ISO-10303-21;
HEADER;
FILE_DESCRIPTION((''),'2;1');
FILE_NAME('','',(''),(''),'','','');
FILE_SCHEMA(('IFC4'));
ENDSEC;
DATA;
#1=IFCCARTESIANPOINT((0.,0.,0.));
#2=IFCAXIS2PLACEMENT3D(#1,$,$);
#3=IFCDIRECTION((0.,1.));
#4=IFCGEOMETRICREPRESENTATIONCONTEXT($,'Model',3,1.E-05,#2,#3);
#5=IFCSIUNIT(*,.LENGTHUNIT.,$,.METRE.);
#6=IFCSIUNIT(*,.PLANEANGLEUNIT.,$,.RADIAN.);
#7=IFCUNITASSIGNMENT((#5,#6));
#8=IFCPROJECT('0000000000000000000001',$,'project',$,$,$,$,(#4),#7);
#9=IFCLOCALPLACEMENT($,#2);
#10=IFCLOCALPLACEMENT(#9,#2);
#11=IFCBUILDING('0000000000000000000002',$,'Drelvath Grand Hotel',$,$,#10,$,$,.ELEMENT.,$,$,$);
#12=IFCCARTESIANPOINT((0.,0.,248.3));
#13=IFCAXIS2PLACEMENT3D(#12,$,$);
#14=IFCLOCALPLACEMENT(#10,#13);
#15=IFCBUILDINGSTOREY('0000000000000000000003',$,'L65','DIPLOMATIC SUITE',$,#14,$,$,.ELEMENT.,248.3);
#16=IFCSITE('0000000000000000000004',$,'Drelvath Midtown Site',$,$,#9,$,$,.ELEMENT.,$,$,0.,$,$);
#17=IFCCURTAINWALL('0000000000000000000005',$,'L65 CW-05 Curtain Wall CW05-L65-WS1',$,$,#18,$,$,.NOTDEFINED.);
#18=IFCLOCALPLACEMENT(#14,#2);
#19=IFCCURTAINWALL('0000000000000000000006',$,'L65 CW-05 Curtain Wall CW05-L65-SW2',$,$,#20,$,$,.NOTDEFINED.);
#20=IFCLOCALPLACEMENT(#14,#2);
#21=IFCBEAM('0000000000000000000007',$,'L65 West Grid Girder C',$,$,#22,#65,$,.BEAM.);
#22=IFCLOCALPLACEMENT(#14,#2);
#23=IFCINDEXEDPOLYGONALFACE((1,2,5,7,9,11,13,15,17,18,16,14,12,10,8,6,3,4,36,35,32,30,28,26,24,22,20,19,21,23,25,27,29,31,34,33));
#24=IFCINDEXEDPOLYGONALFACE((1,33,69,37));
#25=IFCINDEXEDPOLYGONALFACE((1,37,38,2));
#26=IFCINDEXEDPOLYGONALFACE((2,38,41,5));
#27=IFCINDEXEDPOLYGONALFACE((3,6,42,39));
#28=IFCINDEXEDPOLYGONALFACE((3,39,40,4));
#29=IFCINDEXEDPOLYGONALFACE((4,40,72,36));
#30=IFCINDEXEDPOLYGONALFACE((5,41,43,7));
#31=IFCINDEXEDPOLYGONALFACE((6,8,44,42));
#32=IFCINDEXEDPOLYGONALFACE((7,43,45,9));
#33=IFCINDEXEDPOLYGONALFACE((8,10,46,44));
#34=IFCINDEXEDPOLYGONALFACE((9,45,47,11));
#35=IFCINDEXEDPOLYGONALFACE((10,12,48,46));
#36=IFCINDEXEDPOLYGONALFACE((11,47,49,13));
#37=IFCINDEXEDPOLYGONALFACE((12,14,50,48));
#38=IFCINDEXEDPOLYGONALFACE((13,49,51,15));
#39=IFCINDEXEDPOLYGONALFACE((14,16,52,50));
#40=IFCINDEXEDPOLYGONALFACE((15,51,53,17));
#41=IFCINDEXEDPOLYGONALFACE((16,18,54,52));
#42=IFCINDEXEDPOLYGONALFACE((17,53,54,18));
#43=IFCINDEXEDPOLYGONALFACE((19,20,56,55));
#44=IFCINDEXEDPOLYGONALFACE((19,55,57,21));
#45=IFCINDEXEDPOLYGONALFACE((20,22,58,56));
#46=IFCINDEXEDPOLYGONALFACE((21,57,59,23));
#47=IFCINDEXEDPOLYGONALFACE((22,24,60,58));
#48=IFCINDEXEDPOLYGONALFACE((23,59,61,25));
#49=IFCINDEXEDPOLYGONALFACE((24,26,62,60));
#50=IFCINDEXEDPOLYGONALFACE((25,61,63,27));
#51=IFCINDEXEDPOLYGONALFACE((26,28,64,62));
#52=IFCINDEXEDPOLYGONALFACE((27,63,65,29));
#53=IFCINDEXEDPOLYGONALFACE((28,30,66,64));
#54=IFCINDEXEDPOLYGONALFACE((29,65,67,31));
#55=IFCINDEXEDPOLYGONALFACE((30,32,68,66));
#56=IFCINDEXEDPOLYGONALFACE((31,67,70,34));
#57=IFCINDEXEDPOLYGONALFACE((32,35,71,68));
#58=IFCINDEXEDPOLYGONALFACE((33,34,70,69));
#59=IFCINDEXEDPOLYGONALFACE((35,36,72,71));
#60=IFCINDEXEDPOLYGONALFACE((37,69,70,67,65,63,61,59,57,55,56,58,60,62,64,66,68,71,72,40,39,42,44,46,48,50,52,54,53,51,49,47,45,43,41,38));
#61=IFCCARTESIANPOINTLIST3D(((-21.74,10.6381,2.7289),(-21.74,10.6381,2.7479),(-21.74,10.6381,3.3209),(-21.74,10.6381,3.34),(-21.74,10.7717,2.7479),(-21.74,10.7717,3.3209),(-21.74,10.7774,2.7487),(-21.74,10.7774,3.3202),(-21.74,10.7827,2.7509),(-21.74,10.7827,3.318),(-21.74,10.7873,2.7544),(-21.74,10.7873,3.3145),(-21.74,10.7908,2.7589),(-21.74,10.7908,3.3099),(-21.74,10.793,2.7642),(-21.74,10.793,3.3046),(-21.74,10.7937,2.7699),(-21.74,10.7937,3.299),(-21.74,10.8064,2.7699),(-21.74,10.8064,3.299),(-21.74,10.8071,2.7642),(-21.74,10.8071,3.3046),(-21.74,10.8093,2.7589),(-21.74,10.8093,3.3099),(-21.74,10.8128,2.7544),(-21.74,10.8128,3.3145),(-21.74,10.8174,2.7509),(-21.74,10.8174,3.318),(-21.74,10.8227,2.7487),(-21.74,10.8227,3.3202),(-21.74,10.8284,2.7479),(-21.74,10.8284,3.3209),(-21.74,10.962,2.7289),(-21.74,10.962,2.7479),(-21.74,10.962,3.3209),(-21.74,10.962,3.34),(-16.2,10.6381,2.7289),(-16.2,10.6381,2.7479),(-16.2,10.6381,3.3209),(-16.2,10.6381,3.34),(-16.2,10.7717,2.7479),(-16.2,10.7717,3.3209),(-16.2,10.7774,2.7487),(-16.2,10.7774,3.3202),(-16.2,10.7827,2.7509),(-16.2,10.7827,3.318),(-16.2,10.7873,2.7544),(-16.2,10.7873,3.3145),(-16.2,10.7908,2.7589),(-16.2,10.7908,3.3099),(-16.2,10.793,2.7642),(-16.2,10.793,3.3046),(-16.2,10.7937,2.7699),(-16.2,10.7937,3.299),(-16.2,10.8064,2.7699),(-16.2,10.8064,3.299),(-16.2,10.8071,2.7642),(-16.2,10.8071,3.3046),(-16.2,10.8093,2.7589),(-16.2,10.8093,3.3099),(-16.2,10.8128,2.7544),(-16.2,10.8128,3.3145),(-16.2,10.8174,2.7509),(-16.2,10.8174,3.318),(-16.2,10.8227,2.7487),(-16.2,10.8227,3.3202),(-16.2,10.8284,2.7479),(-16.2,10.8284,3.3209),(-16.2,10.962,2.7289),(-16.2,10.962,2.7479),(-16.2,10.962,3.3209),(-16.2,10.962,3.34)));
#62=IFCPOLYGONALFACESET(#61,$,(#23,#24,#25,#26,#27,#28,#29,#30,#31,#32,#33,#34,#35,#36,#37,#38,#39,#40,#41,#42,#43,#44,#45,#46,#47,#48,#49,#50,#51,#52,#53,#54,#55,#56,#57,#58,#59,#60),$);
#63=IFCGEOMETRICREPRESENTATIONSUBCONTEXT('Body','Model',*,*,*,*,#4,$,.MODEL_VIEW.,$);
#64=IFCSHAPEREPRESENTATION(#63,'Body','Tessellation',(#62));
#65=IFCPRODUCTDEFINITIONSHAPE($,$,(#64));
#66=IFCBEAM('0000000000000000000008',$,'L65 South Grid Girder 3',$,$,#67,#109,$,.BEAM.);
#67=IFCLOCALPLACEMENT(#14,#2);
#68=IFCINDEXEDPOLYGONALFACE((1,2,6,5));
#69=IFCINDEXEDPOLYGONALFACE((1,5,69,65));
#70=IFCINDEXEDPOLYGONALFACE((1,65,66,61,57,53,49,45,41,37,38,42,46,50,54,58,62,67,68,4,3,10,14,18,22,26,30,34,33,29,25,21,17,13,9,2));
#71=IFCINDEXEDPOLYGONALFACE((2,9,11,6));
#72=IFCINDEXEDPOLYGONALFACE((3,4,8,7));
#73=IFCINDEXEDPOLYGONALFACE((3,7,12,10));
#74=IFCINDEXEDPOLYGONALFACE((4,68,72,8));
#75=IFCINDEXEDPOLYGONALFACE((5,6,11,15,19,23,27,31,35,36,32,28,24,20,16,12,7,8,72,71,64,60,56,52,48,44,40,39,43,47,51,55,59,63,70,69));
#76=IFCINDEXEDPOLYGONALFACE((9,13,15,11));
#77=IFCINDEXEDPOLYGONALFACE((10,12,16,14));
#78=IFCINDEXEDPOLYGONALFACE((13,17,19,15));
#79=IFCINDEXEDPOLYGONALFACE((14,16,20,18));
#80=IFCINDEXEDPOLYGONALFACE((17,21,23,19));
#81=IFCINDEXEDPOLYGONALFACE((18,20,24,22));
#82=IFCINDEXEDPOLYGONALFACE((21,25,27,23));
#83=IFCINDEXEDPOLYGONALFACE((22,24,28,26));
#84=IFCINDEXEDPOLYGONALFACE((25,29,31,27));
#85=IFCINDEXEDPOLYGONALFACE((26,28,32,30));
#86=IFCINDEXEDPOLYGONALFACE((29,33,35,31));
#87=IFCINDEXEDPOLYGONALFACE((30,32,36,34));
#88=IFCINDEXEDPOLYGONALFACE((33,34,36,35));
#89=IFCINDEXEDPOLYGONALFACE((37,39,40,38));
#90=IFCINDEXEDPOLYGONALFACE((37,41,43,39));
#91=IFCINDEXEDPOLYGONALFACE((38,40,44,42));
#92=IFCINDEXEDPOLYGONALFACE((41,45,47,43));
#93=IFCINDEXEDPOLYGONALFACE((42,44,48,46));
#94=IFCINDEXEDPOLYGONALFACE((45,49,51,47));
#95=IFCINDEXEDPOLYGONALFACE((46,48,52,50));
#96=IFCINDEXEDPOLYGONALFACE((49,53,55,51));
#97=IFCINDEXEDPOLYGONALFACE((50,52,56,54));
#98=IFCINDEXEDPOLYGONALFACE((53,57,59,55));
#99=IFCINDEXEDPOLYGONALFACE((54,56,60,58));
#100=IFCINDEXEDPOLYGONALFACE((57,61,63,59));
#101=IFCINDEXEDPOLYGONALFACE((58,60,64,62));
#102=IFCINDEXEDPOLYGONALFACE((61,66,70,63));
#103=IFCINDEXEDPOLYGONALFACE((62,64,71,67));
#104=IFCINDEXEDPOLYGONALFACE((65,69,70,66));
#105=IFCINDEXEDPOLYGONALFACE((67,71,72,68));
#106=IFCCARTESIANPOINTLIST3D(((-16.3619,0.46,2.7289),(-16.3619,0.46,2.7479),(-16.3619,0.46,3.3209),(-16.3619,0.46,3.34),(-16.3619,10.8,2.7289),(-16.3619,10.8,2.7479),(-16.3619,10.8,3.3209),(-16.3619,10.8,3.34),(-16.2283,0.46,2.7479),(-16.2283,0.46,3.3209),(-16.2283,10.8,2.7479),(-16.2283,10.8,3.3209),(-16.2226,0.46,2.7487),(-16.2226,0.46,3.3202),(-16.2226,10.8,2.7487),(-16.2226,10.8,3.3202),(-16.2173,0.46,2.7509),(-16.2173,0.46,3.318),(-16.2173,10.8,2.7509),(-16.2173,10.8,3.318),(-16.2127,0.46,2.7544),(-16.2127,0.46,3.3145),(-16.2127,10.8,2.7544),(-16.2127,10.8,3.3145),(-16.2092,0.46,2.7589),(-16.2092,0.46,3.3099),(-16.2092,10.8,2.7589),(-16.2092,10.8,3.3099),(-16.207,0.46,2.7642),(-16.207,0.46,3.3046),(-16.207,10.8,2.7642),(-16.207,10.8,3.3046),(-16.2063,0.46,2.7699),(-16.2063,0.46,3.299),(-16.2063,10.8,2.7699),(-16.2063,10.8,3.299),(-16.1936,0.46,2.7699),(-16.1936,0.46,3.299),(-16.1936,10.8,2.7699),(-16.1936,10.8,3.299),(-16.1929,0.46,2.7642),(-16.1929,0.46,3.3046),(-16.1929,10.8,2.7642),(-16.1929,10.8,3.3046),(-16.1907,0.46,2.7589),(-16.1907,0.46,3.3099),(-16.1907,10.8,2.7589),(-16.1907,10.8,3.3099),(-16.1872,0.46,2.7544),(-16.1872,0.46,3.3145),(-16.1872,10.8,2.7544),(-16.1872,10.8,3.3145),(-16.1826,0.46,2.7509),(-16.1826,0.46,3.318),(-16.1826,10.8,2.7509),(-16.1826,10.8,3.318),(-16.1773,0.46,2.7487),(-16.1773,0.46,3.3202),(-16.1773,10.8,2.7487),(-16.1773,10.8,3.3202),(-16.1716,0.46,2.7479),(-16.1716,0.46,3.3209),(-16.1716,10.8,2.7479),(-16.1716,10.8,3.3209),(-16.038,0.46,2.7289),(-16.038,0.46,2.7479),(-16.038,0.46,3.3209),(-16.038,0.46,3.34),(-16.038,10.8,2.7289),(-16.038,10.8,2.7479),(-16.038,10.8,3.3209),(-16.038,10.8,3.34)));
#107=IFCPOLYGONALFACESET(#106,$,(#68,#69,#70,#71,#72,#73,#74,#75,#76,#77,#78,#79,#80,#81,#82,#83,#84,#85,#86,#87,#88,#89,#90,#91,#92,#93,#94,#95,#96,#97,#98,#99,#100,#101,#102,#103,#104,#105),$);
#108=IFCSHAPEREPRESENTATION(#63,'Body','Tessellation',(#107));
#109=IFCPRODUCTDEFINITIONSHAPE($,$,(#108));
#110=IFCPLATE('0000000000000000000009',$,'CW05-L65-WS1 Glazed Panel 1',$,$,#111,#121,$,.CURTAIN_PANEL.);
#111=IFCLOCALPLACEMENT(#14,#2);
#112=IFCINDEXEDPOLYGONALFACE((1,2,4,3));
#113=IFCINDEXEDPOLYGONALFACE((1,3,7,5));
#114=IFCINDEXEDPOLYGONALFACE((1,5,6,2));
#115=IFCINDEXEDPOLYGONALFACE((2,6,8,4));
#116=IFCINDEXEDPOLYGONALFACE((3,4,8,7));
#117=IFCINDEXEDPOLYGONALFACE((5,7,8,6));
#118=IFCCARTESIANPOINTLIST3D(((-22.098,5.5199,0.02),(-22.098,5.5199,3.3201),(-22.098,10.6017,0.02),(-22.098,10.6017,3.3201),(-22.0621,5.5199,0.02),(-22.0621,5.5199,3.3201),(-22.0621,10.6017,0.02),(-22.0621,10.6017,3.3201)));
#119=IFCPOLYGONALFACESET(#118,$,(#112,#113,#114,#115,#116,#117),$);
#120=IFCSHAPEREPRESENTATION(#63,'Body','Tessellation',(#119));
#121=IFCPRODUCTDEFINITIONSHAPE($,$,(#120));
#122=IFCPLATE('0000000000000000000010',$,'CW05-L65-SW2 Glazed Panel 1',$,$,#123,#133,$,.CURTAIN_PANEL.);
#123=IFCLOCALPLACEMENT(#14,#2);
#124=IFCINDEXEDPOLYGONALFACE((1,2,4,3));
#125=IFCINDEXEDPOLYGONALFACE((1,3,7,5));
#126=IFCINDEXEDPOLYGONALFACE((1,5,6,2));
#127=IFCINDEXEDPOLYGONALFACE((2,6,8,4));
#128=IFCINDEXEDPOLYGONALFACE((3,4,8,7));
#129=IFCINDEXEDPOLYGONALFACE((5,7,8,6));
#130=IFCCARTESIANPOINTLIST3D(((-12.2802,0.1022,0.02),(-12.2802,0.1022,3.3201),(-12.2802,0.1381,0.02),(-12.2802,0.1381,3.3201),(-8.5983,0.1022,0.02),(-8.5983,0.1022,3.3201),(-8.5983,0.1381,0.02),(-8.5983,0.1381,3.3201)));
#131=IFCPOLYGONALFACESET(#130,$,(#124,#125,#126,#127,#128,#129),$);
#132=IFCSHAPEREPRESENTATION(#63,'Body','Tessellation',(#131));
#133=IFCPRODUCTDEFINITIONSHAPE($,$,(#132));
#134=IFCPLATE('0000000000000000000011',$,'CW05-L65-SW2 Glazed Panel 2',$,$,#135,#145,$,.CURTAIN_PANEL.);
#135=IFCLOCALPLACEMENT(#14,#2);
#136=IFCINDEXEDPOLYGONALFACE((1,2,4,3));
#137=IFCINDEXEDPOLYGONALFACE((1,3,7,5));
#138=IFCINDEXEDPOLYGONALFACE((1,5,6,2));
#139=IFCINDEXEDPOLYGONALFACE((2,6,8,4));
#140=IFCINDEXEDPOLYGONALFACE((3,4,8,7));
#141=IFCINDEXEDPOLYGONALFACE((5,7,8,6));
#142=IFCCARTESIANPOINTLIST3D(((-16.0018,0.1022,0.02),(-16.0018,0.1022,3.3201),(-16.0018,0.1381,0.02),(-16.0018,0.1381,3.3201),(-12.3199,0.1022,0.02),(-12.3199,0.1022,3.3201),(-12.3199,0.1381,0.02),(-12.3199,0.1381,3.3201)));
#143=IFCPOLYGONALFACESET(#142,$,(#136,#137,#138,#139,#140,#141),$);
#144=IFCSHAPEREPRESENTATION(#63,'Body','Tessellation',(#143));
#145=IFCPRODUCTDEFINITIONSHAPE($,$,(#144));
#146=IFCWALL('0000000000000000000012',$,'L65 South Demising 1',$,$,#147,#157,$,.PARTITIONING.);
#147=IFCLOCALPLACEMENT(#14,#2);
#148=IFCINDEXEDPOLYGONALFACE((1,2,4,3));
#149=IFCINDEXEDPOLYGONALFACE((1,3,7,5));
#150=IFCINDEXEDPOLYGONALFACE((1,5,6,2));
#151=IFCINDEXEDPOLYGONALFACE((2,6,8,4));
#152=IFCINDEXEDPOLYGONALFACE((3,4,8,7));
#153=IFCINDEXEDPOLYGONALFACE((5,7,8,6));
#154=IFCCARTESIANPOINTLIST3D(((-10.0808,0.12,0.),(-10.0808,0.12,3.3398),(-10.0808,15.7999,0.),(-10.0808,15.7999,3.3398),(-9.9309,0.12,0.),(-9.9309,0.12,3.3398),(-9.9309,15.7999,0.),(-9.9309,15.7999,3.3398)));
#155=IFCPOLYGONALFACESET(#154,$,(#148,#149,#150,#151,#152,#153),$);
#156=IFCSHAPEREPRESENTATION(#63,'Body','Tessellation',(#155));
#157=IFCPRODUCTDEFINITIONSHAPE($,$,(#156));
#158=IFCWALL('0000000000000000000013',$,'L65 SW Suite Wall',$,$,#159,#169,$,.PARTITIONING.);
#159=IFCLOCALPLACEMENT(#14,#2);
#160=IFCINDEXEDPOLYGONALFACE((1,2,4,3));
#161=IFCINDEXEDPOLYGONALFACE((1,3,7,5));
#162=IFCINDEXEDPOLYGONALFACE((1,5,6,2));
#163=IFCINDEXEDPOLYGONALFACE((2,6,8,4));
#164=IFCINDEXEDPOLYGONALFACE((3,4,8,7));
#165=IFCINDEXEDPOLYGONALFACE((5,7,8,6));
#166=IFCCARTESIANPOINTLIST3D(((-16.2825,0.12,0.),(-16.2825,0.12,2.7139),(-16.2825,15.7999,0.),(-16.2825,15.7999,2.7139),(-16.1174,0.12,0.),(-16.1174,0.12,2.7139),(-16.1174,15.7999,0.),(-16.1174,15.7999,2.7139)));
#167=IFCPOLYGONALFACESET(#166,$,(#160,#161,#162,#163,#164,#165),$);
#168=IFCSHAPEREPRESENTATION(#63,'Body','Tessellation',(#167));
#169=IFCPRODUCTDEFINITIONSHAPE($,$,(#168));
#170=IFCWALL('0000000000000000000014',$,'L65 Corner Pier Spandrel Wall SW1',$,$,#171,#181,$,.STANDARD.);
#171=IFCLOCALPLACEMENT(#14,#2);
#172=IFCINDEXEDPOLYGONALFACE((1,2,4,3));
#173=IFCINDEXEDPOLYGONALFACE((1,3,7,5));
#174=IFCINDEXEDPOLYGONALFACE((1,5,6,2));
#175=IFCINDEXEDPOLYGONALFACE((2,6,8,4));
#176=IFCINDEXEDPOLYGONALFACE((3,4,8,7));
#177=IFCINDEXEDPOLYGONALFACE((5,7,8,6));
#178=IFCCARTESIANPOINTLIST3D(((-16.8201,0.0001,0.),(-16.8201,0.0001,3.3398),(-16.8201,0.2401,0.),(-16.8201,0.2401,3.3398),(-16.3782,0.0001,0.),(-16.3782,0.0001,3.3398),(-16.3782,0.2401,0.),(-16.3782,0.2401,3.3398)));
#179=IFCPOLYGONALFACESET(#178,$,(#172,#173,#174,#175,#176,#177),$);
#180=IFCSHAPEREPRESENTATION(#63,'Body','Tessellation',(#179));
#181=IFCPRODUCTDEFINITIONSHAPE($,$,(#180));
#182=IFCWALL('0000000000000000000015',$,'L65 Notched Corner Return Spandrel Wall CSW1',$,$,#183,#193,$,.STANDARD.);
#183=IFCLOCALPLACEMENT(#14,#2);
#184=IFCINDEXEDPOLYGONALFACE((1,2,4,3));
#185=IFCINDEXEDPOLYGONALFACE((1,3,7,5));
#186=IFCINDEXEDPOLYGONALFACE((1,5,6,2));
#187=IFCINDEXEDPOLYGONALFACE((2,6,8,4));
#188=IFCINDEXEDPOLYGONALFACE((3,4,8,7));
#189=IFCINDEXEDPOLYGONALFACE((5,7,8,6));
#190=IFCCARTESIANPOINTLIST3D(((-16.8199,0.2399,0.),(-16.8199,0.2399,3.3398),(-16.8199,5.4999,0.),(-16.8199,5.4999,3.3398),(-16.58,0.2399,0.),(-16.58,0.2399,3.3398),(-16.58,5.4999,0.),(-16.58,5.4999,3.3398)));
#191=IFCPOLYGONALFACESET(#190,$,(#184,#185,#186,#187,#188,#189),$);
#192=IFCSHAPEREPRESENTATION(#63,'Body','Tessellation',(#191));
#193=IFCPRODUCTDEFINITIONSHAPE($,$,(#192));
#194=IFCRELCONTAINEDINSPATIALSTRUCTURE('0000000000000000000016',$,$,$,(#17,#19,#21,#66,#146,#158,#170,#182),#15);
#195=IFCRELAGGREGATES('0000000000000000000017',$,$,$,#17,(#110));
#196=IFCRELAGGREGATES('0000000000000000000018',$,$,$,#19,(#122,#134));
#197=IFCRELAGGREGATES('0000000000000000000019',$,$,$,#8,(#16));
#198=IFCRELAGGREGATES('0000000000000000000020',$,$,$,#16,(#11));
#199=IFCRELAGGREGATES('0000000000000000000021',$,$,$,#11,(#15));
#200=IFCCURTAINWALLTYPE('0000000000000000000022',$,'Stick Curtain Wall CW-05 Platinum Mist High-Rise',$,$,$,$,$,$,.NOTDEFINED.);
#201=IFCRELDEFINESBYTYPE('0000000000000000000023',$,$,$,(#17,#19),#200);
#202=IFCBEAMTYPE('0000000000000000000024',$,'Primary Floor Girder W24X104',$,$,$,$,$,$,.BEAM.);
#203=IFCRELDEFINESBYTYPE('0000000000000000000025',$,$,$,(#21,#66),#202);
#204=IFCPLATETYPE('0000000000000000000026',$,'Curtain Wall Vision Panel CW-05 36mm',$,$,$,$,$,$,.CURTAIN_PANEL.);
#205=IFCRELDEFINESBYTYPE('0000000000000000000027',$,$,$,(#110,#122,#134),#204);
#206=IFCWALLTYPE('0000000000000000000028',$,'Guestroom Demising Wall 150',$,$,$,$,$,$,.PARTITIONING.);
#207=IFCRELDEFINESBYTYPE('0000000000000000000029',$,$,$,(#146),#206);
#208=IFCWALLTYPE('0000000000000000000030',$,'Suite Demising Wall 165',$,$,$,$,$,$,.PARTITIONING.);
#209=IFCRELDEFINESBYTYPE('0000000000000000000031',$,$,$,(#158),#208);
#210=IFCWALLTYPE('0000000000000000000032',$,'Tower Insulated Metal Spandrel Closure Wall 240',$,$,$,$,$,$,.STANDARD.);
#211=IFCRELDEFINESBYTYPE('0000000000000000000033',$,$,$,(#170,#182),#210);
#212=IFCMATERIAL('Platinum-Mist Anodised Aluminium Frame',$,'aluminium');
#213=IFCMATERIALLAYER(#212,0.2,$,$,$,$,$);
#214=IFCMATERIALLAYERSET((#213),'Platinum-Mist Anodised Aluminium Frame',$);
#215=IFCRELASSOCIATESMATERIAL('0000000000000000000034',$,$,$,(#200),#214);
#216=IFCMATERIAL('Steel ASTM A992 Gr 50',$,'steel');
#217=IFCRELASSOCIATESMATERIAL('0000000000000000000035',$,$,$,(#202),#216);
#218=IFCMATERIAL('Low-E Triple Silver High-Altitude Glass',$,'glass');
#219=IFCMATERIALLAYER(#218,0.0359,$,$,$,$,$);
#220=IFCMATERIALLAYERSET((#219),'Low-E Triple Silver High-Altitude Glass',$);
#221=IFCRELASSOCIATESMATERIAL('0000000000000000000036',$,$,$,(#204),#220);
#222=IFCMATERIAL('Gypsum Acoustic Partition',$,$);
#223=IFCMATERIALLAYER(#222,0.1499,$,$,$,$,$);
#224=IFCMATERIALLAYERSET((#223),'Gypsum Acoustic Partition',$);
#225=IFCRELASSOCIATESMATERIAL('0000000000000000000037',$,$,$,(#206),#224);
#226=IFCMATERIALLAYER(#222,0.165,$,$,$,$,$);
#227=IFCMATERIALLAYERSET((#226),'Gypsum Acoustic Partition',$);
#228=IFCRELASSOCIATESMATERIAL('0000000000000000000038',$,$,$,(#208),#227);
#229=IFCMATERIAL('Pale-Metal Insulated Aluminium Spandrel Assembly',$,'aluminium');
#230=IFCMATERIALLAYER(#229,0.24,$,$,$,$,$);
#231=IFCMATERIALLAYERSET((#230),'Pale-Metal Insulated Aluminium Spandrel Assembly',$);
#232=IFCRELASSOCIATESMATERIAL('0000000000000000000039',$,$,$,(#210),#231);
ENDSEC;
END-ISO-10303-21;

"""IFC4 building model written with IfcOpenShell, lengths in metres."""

from ifc_helpers import new_model, si_unit, direction, frame, frame_2d, origin, origin_2d, place, context, subcontext, project, spatial, rectangle, i_section, extrude, material, layer, layer_set, material_profile, profile_set, type_object, element, aggregate, save


model = new_model("IFC4")

# Units and contexts
model_context = context("Model", 3, precision=1e-05, world=origin(), true_north=direction((0.0, 1.0)))
body_context = subcontext(model_context, "Body", "Model", "MODEL_VIEW")
ifc_project = project(units=[si_unit("LENGTHUNIT", "METRE"), si_unit("PLANEANGLEUNIT", "RADIAN")], contexts=[model_context])

# Site, building, storey
site_placement = place(None, origin())
site = spatial("IfcSite", under=ifc_project, at=site_placement, Name="Drelvath Midtown Site", CompositionType="ELEMENT", RefElevation=0.0)
building_placement = place(site_placement, origin())
building = spatial("IfcBuilding", under=site, at=building_placement, Name="Drelvath Grand Hotel", CompositionType="ELEMENT")
storey_placement = place(building_placement, frame((0.0, 0.0, 248.3)))
storey = spatial("IfcBuildingStorey", under=building, at=storey_placement, Name="L65", Description="DIPLOMATIC SUITE", CompositionType="ELEMENT", Elevation=248.3)

# Curtain walls
ifc_material_1 = material(Name="Platinum-Mist Anodised Aluminium Frame", Category="aluminium")
ifc_layer_1 = layer(ifc_material_1, 0.2)
ifc_layer_set_1 = layer_set([ifc_layer_1], Name="Platinum-Mist Anodised Aluminium Frame")
curtain_wall_type = type_object("IfcCurtainWallType", Name="Stick Curtain Wall CW-05 Platinum Mist High-Rise", PredefinedType="NOTDEFINED", material=ifc_layer_set_1)
curtain_wall_1_placement = place(storey_placement, origin())
curtain_wall_1 = element("IfcCurtainWall", 1, at=curtain_wall_1_placement, inside=storey, type_object=curtain_wall_type, Name="L65 CW-05 Curtain Wall CW05-L65-WS1", PredefinedType="NOTDEFINED")
curtain_wall_2_placement = place(storey_placement, origin())
curtain_wall_2 = element("IfcCurtainWall", 2, at=curtain_wall_2_placement, inside=storey, type_object=curtain_wall_type, Name="L65 CW-05 Curtain Wall CW05-L65-SW2", PredefinedType="NOTDEFINED")

# Beams
ifc_material_2 = material(Name="Steel ASTM A992 Gr 50", Category="steel")
ifc_material_profile_1 = material_profile(ifc_material_2, i_section(OverallWidth=0.324, OverallDepth=0.6111, WebThickness=0.0127, FlangeThickness=0.019, FilletRadius=0.022, at=origin_2d()), Name="W24X104")
ifc_profile_set_1 = profile_set([ifc_material_profile_1], Name="Steel ASTM A992 Gr 50")
beam_type_1 = type_object("IfcBeamType", Name="Primary Floor Girder W24X104", PredefinedType="BEAM", material=ifc_profile_set_1)
beam_1_placement = place(storey_placement, frame((-21.74, 10.8, 3.0344), z_axis=(1.0, 0.0, 0.0), x_axis=(0.0, 1.0, 0.0)))
element("IfcBeam", 3, at=beam_1_placement, inside=storey, type_object=beam_type_1, Name="L65 West Grid Girder C", PredefinedType="BEAM", context=body_context, shape_type="SweptSolid", body=[
    extrude(i_section(OverallWidth=0.324, OverallDepth=0.6111, WebThickness=0.0127, FlangeThickness=0.019, FilletRadius=0.022, at=origin_2d()), origin(), (0.0, 0.0, 1.0), 5.54),
])
beam_2_placement = place(storey_placement, frame((-16.2, 0.46, 3.0344), z_axis=(0.0, 1.0, 0.0), x_axis=(-1.0, 0.0, 0.0)))
element("IfcBeam", 4, at=beam_2_placement, inside=storey, type_object=beam_type_1, Name="L65 South Grid Girder 3", PredefinedType="BEAM", context=body_context, shape_type="SweptSolid", body=[
    extrude(i_section(OverallWidth=0.324, OverallDepth=0.6111, WebThickness=0.0127, FlangeThickness=0.019, FilletRadius=0.022, at=origin_2d()), origin(), (0.0, 0.0, 1.0), 10.3401),
])

# Plates
ifc_material_3 = material(Name="Low-E Triple Silver High-Altitude Glass", Category="glass")
ifc_layer_2 = layer(ifc_material_3, 0.0359)
ifc_layer_set_2 = layer_set([ifc_layer_2], Name="Low-E Triple Silver High-Altitude Glass")
plate_type = type_object("IfcPlateType", Name="Curtain Wall Vision Panel CW-05 36mm", PredefinedType="CURTAIN_PANEL", material=ifc_layer_set_2)
plate_1_placement = place(storey_placement, frame((-22.0801, 8.0608, 0.02), z_axis=(0.0, 0.0, 1.0), x_axis=(0.0, 1.0, 0.0)))
plate_1 = element("IfcPlate", 5, at=plate_1_placement, type_object=plate_type, Name="CW05-L65-WS1 Glazed Panel 1", PredefinedType="CURTAIN_PANEL", context=body_context, shape_type="SweptSolid", body=[
    extrude(rectangle(XDim=5.0818, YDim=0.0359, at=origin_2d()), origin(), (0.0, 0.0, 1.0), 3.3),
])
aggregate(curtain_wall_1, [plate_1])
plate_2_placement = place(storey_placement, frame((-10.4392, 0.1201, 0.02), z_axis=(0.0, 0.0, 1.0), x_axis=(-1.0, 0.0, 0.0)))
plate_2 = element("IfcPlate", 6, at=plate_2_placement, type_object=plate_type, Name="CW05-L65-SW2 Glazed Panel 1", PredefinedType="CURTAIN_PANEL", context=body_context, shape_type="SweptSolid", body=[
    extrude(rectangle(XDim=3.6819, YDim=0.0359, at=origin_2d()), origin(), (0.0, 0.0, 1.0), 3.3),
])
plate_3_placement = place(storey_placement, frame((-14.1609, 0.1201, 0.02), z_axis=(0.0, 0.0, 1.0), x_axis=(-1.0, 0.0, 0.0)))
plate_3 = element("IfcPlate", 7, at=plate_3_placement, type_object=plate_type, Name="CW05-L65-SW2 Glazed Panel 2", PredefinedType="CURTAIN_PANEL", context=body_context, shape_type="SweptSolid", body=[
    extrude(rectangle(XDim=3.6819, YDim=0.0359, at=origin_2d()), origin(), (0.0, 0.0, 1.0), 3.3),
])
aggregate(curtain_wall_2, [plate_2, plate_3])

# Walls
ifc_material_4 = material(Name="Gypsum Acoustic Partition")
ifc_layer_3 = layer(ifc_material_4, 0.1499)
ifc_layer_set_3 = layer_set([ifc_layer_3], Name="Gypsum Acoustic Partition")
wall_type_1 = type_object("IfcWallType", Name="Guestroom Demising Wall 150", PredefinedType="PARTITIONING", material=ifc_layer_set_3)
wall_1_placement = place(storey_placement, frame((-10.0059, 0.1201, 0.0), z_axis=(0.0, 0.0, 1.0), x_axis=(0.0, 1.0, 0.0)))
element("IfcWall", 8, at=wall_1_placement, inside=storey, type_object=wall_type_1, Name="L65 South Demising 1", PredefinedType="PARTITIONING", context=body_context, shape_type="SweptSolid", body=[
    extrude(rectangle(XDim=15.6799, YDim=0.1499, at=frame_2d((7.8398, 0.0))), origin(), (0.0, 0.0, 1.0), 3.3398),
])
ifc_layer_4 = layer(ifc_material_4, 0.165)
ifc_layer_set_4 = layer_set([ifc_layer_4], Name="Gypsum Acoustic Partition")
wall_type_2 = type_object("IfcWallType", Name="Suite Demising Wall 165", PredefinedType="PARTITIONING", material=ifc_layer_set_4)
wall_2_placement = place(storey_placement, frame((-16.2, 0.1201, 0.0), z_axis=(0.0, 0.0, 1.0), x_axis=(0.0, 1.0, 0.0)))
element("IfcWall", 9, at=wall_2_placement, inside=storey, type_object=wall_type_2, Name="L65 SW Suite Wall", PredefinedType="PARTITIONING", context=body_context, shape_type="SweptSolid", body=[
    extrude(rectangle(XDim=15.6799, YDim=0.165, at=frame_2d((7.8398, 0.0))), origin(), (0.0, 0.0, 1.0), 2.7139),
])
ifc_material_5 = material(Name="Pale-Metal Insulated Aluminium Spandrel Assembly", Category="aluminium")
ifc_layer_5 = layer(ifc_material_5, 0.24)
ifc_layer_set_5 = layer_set([ifc_layer_5], Name="Pale-Metal Insulated Aluminium Spandrel Assembly")
wall_type_3 = type_object("IfcWallType", Name="Tower Insulated Metal Spandrel Closure Wall 240", PredefinedType="STANDARD", material=ifc_layer_set_5)
wall_3_placement = place(storey_placement, frame((-16.3782, 0.1201, 0.0), z_axis=(0.0, 0.0, 1.0), x_axis=(-1.0, 0.0, 0.0)))
element("IfcWall", 10, at=wall_3_placement, inside=storey, type_object=wall_type_3, Name="L65 Corner Pier Spandrel Wall SW1", PredefinedType="STANDARD", context=body_context, shape_type="SweptSolid", body=[
    extrude(rectangle(XDim=0.4419, YDim=0.24, at=frame_2d((0.2209, 0.0))), origin(), (0.0, 0.0, 1.0), 3.3398),
])
wall_4_placement = place(storey_placement, frame((-16.7, 0.24, 0.0), z_axis=(0.0, 0.0, 1.0), x_axis=(0.0, 1.0, 0.0)))
element("IfcWall", 11, at=wall_4_placement, inside=storey, type_object=wall_type_3, Name="L65 Notched Corner Return Spandrel Wall CSW1", PredefinedType="STANDARD", context=body_context, shape_type="SweptSolid", body=[
    extrude(rectangle(XDim=5.26, YDim=0.24, at=frame_2d((2.6299, 0.0))), origin(), (0.0, 0.0, 1.0), 3.3398),
])

save(model, "model.ifc")
